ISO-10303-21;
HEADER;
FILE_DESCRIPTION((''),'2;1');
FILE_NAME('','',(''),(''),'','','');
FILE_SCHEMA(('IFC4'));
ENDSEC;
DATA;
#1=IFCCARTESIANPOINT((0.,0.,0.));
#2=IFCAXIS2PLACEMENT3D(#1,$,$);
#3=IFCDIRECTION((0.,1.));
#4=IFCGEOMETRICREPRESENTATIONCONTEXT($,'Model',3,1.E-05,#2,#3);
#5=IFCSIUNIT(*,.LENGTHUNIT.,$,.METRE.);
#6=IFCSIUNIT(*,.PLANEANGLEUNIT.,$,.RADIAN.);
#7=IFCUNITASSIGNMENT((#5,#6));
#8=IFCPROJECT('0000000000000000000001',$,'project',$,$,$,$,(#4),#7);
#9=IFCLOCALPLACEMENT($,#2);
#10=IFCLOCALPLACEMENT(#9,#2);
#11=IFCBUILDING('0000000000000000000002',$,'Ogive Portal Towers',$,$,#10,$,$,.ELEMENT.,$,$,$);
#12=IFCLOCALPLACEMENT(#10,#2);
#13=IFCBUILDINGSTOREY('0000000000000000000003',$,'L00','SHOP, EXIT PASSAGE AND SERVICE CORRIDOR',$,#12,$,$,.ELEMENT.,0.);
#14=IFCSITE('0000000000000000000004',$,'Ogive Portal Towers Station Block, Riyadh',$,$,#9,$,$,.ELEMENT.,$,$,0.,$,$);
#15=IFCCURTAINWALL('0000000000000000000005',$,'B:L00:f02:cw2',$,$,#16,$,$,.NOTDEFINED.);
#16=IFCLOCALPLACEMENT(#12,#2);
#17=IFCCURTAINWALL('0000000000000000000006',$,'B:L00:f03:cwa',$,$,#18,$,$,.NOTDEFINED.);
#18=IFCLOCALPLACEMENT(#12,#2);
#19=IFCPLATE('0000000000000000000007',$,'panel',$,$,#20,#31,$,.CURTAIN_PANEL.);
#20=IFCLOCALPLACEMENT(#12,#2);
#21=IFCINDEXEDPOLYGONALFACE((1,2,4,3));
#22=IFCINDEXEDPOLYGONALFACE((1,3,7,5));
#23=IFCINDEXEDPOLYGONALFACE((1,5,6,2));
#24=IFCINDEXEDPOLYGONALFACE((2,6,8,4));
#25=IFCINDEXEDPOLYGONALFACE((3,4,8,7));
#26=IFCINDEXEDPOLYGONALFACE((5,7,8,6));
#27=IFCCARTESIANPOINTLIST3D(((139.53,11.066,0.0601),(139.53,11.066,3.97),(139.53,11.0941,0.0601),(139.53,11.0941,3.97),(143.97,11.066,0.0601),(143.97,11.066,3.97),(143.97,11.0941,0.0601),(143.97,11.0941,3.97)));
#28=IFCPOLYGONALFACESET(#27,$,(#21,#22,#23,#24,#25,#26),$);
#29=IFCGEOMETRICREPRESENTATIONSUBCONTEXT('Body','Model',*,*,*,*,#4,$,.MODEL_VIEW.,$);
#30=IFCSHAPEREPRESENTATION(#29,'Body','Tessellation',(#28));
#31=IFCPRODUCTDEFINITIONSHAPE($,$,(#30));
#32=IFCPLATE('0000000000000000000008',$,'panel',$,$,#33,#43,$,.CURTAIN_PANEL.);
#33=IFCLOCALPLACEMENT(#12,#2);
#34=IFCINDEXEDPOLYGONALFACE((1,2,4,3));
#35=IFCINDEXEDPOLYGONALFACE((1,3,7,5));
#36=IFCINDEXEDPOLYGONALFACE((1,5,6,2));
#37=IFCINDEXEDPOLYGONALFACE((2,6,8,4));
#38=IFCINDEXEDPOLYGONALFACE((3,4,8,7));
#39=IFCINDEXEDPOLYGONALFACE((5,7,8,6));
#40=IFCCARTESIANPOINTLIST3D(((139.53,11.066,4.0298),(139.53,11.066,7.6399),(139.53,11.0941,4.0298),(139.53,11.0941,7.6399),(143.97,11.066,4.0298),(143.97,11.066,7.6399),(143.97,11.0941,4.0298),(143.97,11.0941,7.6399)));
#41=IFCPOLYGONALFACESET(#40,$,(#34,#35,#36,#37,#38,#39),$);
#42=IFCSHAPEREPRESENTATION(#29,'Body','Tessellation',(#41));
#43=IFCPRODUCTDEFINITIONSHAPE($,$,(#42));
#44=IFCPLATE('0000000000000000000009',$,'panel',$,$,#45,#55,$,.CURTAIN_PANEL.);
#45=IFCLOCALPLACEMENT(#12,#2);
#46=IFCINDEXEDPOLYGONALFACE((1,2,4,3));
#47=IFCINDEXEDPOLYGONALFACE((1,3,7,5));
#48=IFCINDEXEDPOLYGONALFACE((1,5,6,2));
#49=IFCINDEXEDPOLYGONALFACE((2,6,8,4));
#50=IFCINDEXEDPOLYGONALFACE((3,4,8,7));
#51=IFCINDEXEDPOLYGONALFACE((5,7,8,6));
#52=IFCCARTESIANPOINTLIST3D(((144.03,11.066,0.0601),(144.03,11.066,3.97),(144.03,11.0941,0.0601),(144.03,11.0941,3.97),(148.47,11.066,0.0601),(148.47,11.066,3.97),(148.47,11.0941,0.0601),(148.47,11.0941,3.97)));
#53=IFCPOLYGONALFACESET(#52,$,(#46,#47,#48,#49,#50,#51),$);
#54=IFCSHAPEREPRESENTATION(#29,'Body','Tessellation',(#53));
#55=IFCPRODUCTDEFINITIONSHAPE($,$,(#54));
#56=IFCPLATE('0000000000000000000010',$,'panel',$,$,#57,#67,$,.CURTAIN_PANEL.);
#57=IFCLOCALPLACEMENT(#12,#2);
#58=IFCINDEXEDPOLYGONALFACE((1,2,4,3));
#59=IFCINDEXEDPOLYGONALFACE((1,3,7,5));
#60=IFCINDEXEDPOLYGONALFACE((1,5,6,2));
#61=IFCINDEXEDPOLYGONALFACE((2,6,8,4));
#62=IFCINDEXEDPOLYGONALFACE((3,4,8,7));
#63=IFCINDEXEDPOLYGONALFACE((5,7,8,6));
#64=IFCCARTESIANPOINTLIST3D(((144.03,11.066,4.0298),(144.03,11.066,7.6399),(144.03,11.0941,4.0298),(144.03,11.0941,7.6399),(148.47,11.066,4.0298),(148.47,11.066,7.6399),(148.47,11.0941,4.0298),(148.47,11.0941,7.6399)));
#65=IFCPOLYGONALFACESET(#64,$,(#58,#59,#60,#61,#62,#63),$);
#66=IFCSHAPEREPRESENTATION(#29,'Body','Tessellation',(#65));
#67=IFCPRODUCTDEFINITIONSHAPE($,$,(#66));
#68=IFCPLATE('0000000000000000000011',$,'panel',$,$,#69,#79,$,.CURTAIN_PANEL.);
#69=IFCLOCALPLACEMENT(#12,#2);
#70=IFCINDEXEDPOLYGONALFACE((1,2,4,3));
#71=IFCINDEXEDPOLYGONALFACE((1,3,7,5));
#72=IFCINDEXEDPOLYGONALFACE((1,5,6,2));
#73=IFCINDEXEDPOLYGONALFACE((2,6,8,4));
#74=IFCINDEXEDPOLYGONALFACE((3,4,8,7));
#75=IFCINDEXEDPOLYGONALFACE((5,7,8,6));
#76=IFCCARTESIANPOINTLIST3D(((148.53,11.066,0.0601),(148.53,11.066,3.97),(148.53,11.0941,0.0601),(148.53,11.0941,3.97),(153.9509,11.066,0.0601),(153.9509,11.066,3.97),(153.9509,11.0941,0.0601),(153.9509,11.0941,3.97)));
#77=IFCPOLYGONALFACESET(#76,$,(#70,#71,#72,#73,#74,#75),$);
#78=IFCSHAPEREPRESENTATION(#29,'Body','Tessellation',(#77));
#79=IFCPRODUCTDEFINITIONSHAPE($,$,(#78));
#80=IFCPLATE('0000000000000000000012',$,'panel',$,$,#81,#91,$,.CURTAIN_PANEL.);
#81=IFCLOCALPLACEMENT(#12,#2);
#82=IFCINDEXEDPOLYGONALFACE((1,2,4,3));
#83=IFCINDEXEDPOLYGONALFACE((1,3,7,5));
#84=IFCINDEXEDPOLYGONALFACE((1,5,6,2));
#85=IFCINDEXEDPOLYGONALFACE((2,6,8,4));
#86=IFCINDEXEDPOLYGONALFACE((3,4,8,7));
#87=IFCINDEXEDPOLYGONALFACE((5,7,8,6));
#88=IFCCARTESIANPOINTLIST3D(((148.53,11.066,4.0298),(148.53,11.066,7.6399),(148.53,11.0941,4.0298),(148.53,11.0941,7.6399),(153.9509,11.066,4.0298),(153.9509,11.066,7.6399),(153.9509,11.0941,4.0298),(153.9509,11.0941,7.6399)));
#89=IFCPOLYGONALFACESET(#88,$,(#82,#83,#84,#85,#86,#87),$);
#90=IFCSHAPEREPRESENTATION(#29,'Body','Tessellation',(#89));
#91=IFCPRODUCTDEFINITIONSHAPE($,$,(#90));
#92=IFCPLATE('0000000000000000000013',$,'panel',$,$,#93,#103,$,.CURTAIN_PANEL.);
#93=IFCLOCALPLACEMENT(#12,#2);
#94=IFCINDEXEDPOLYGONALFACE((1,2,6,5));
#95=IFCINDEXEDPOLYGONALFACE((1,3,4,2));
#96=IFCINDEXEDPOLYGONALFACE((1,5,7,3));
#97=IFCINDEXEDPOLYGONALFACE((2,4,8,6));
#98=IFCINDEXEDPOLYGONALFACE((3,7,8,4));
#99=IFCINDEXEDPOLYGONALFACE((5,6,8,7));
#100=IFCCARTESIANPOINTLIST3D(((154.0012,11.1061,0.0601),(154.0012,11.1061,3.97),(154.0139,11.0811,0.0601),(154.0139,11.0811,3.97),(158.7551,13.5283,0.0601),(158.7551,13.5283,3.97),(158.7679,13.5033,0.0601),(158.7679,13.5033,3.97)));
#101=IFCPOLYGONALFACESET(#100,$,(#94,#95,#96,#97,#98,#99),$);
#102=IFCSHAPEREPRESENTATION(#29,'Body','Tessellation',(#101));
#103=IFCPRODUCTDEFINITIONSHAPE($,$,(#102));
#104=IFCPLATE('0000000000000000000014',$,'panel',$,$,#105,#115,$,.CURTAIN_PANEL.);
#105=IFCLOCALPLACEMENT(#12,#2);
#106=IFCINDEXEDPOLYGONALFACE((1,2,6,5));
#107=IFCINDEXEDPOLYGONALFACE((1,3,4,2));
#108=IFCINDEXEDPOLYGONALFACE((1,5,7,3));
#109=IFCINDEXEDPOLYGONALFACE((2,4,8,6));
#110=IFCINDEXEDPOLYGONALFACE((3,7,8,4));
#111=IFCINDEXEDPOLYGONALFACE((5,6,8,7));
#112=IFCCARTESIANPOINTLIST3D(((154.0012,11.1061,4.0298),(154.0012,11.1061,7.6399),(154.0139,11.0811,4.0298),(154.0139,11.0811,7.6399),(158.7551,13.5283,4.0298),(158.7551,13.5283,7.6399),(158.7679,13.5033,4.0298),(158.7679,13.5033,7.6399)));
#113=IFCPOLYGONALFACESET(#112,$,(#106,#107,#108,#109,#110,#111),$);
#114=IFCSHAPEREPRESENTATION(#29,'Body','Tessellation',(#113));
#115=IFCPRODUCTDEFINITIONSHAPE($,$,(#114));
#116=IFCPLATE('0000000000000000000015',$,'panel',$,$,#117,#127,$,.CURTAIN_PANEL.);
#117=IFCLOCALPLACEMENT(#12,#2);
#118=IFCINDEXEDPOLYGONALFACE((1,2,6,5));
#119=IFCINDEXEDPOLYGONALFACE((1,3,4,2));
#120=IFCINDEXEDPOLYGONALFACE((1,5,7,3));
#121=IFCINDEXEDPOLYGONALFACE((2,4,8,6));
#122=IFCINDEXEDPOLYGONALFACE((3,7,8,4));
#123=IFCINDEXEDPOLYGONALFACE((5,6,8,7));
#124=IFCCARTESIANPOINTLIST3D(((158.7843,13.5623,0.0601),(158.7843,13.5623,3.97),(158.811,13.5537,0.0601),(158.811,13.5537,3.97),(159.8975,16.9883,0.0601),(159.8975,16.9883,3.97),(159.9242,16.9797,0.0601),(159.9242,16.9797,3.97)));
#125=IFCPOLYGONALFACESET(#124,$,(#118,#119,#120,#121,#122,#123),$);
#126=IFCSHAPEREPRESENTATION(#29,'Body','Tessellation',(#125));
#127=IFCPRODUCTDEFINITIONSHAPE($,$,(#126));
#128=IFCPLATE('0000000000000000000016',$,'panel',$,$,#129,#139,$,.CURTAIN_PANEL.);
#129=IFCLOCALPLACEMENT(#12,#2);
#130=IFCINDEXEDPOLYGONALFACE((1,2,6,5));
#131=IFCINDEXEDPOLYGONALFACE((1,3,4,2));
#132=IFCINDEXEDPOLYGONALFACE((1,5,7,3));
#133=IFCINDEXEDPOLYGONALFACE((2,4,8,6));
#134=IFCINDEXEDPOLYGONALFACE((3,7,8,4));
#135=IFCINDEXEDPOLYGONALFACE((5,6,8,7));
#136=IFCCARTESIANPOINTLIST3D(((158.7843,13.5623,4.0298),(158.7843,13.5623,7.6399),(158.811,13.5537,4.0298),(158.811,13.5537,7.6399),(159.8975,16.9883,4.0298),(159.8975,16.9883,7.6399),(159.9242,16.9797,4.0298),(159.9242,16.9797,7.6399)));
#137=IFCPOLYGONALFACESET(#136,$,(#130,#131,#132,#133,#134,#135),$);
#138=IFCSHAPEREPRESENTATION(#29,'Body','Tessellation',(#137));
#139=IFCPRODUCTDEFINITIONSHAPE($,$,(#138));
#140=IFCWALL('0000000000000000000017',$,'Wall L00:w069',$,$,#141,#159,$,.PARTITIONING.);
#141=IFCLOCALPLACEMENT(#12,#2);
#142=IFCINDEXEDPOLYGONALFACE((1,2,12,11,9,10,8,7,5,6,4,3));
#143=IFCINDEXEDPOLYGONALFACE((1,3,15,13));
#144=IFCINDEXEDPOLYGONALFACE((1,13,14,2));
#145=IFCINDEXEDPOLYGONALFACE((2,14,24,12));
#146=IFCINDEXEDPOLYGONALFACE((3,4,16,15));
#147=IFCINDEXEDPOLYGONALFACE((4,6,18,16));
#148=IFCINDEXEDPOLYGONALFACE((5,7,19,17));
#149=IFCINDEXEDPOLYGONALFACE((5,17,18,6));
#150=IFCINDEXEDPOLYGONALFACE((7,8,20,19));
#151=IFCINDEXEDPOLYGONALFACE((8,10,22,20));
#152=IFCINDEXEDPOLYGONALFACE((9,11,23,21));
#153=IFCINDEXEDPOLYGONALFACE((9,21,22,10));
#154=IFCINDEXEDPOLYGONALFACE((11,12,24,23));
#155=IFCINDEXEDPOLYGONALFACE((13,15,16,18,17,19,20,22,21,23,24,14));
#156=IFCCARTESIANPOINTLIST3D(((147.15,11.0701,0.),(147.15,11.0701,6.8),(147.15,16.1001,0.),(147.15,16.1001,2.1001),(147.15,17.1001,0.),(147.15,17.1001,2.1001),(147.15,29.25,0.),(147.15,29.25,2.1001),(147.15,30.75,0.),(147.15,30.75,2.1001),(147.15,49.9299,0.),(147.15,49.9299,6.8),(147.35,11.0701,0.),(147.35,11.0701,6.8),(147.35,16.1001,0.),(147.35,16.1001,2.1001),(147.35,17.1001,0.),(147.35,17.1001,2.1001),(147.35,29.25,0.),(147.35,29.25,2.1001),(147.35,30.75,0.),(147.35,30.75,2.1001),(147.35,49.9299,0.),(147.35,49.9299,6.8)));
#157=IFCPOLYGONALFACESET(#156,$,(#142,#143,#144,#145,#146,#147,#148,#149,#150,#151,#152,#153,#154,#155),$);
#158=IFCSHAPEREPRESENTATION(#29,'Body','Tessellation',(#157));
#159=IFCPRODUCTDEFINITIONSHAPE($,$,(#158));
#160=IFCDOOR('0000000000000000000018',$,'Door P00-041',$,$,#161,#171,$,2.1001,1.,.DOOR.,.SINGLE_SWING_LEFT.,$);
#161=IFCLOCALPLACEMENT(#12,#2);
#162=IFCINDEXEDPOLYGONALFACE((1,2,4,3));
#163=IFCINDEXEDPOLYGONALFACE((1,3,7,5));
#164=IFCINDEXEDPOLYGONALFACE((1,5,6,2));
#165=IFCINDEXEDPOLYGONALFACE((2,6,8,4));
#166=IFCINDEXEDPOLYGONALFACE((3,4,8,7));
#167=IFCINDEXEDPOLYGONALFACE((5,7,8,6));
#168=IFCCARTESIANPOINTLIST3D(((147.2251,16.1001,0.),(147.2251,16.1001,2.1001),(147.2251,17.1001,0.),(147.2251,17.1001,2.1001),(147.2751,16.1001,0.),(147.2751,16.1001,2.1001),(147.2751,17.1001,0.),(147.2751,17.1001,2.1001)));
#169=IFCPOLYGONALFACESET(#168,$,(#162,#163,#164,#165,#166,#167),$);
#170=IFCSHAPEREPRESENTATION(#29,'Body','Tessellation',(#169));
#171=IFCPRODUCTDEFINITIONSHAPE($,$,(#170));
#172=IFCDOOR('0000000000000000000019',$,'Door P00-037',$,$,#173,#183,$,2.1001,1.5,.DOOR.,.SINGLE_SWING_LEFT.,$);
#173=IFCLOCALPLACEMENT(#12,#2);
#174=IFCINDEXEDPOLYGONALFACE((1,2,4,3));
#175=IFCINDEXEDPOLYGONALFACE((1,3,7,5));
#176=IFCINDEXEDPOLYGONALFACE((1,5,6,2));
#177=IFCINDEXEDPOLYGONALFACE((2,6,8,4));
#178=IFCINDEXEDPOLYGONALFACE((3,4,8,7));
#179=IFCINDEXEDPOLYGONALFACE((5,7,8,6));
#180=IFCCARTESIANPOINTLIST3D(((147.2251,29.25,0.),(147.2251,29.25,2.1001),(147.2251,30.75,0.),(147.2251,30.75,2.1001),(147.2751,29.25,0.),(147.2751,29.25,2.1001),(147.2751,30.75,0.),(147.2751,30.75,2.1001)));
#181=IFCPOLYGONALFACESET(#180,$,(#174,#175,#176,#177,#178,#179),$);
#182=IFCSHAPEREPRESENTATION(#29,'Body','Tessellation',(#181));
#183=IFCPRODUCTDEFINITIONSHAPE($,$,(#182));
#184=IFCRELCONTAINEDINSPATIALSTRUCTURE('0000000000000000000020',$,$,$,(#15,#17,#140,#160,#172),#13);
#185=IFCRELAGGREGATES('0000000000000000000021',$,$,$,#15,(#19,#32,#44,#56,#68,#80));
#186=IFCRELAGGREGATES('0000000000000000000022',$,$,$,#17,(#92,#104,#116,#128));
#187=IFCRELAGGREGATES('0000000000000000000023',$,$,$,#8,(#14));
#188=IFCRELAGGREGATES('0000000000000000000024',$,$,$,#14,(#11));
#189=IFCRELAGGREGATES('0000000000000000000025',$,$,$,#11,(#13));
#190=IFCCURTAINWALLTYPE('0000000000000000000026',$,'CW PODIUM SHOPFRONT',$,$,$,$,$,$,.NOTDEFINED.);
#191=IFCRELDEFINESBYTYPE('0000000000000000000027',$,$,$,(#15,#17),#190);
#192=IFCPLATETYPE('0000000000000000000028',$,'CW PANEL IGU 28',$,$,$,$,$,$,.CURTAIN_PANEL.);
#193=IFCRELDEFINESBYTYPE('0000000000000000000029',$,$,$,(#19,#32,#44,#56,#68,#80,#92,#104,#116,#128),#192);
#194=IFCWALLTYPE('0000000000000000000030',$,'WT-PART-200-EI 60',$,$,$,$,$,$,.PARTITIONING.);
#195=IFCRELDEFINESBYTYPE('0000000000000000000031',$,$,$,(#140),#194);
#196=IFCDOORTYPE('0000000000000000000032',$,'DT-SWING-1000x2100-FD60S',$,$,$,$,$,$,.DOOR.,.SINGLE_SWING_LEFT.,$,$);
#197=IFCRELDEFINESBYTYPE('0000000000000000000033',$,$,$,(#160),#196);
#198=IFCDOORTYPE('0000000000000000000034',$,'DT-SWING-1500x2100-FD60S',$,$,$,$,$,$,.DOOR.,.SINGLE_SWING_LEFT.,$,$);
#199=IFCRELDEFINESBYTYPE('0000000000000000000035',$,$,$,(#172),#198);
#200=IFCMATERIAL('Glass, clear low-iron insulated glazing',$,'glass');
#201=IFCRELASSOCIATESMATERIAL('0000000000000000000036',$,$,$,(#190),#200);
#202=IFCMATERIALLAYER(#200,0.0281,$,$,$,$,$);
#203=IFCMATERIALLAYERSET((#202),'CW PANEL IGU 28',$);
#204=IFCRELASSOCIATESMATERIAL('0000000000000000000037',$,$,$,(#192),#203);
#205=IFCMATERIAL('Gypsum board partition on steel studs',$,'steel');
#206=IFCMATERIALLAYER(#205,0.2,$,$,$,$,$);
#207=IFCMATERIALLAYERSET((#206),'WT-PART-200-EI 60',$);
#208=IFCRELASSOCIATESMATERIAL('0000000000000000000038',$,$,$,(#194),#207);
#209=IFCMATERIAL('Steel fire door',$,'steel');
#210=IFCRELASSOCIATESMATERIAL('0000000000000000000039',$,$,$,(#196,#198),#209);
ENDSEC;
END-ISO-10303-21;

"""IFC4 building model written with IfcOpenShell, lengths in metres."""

from ifc_helpers import new_model, si_unit, direction, frame, frame_2d, origin, origin_2d, place, context, subcontext, project, spatial, rectangle, extrude, material, layer, layer_set, type_object, element, fill, aggregate, save


model = new_model("IFC4")

# Units and contexts
model_context = context("Model", 3, precision=1e-05, world=origin(), true_north=direction((0.0, 1.0)))
body_context = subcontext(model_context, "Body", "Model", "MODEL_VIEW")
ifc_project = project(units=[si_unit("LENGTHUNIT", "METRE"), si_unit("PLANEANGLEUNIT", "RADIAN")], contexts=[model_context])

# Site, building, storey
site_placement = place(None, origin())
site = spatial("IfcSite", under=ifc_project, at=site_placement, Name="Ogive Portal Towers Station Block, Riyadh", CompositionType="ELEMENT", RefElevation=0.0)
building_placement = place(site_placement, origin())
building = spatial("IfcBuilding", under=site, at=building_placement, Name="Ogive Portal Towers", CompositionType="ELEMENT")
storey_placement = place(building_placement, origin())
storey = spatial("IfcBuildingStorey", under=building, at=storey_placement, Name="L00", Description="SHOP, EXIT PASSAGE AND SERVICE CORRIDOR", CompositionType="ELEMENT", Elevation=0.0)

# Curtain wall
ifc_material_1 = material(Name="Glass, clear low-iron insulated glazing", Category="glass")
curtain_wall_type = type_object("IfcCurtainWallType", Name="CW PODIUM SHOPFRONT", PredefinedType="NOTDEFINED", material=ifc_material_1)
curtain_wall_1_placement = place(storey_placement, origin())
curtain_wall_1 = element("IfcCurtainWall", 1, at=curtain_wall_1_placement, inside=storey, type_object=curtain_wall_type, Name="B:L00:f02:cw2", PredefinedType="NOTDEFINED")

# Curtain wall
curtain_wall_2_placement = place(storey_placement, origin())
curtain_wall_2 = element("IfcCurtainWall", 2, at=curtain_wall_2_placement, inside=storey, type_object=curtain_wall_type, Name="B:L00:f03:cwa", PredefinedType="NOTDEFINED")

# Plates
ifc_layer_1 = layer(ifc_material_1, 0.0281)
ifc_layer_set_1 = layer_set([ifc_layer_1], Name="CW PANEL IGU 28")
plate_type = type_object("IfcPlateType", Name="CW PANEL IGU 28", PredefinedType="CURTAIN_PANEL", material=ifc_layer_set_1)
plate_1_placement = place(storey_placement, frame((141.75, 11.0801, 0.0601), z_axis=(0.0, 0.0, 1.0), x_axis=(1.0, 0.0, 0.0)))
plate_1 = element("IfcPlate", 3, at=plate_1_placement, type_object=plate_type, Name="panel", PredefinedType="CURTAIN_PANEL", context=body_context, shape_type="SweptSolid", body=[
    extrude(rectangle(XDim=4.4399, YDim=0.0281, at=origin_2d()), origin(), (0.0, 0.0, 1.0), 3.9099),
])
plate_2_placement = place(storey_placement, frame((141.75, 11.0801, 4.0298), z_axis=(0.0, 0.0, 1.0), x_axis=(1.0, 0.0, 0.0)))
plate_2 = element("IfcPlate", 4, at=plate_2_placement, type_object=plate_type, Name="panel", PredefinedType="CURTAIN_PANEL", context=body_context, shape_type="SweptSolid", body=[
    extrude(rectangle(XDim=4.4399, YDim=0.0281, at=origin_2d()), origin(), (0.0, 0.0, 1.0), 3.6101),
])
plate_3_placement = place(storey_placement, frame((146.25, 11.0801, 0.0601), z_axis=(0.0, 0.0, 1.0), x_axis=(1.0, 0.0, 0.0)))
plate_3 = element("IfcPlate", 5, at=plate_3_placement, type_object=plate_type, Name="panel", PredefinedType="CURTAIN_PANEL", context=body_context, shape_type="SweptSolid", body=[
    extrude(rectangle(XDim=4.4399, YDim=0.0281, at=origin_2d()), origin(), (0.0, 0.0, 1.0), 3.9099),
])
plate_4_placement = place(storey_placement, frame((146.25, 11.0801, 4.0298), z_axis=(0.0, 0.0, 1.0), x_axis=(1.0, 0.0, 0.0)))
plate_4 = element("IfcPlate", 6, at=plate_4_placement, type_object=plate_type, Name="panel", PredefinedType="CURTAIN_PANEL", context=body_context, shape_type="SweptSolid", body=[
    extrude(rectangle(XDim=4.4399, YDim=0.0281, at=origin_2d()), origin(), (0.0, 0.0, 1.0), 3.6101),
])
plate_5_placement = place(storey_placement, frame((151.2405, 11.0801, 0.0601), z_axis=(0.0, 0.0, 1.0), x_axis=(1.0, 0.0, 0.0)))
plate_5 = element("IfcPlate", 7, at=plate_5_placement, type_object=plate_type, Name="panel", PredefinedType="CURTAIN_PANEL", context=body_context, shape_type="SweptSolid", body=[
    extrude(rectangle(XDim=5.4209, YDim=0.0281, at=origin_2d()), origin(), (0.0, 0.0, 1.0), 3.9099),
])
plate_6_placement = place(storey_placement, frame((151.2405, 11.0801, 4.0298), z_axis=(0.0, 0.0, 1.0), x_axis=(1.0, 0.0, 0.0)))
plate_6 = element("IfcPlate", 8, at=plate_6_placement, type_object=plate_type, Name="panel", PredefinedType="CURTAIN_PANEL", context=body_context, shape_type="SweptSolid", body=[
    extrude(rectangle(XDim=5.4209, YDim=0.0281, at=origin_2d()), origin(), (0.0, 0.0, 1.0), 3.6101),
])
aggregate(curtain_wall_1, [plate_1, plate_2, plate_3, plate_4, plate_5, plate_6])
plate_7_placement = place(storey_placement, frame((156.3845, 12.3047, 0.0601), z_axis=(0.0, 0.0, 1.0), x_axis=(0.891007, 0.45399, 0.0)))
plate_7 = element("IfcPlate", 9, at=plate_7_placement, type_object=plate_type, Name="panel", PredefinedType="CURTAIN_PANEL", context=body_context, shape_type="SweptSolid", body=[
    extrude(rectangle(XDim=5.3354, YDim=0.0281, at=origin_2d()), origin(), (0.0, 0.0, 1.0), 3.9099),
])
plate_8_placement = place(storey_placement, frame((156.3845, 12.3047, 4.0298), z_axis=(0.0, 0.0, 1.0), x_axis=(0.891007, 0.45399, 0.0)))
plate_8 = element("IfcPlate", 10, at=plate_8_placement, type_object=plate_type, Name="panel", PredefinedType="CURTAIN_PANEL", context=body_context, shape_type="SweptSolid", body=[
    extrude(rectangle(XDim=5.3354, YDim=0.0281, at=origin_2d()), origin(), (0.0, 0.0, 1.0), 3.6101),
])
plate_9_placement = place(storey_placement, frame((159.3542, 15.271, 0.0601), z_axis=(0.0, 0.0, 1.0), x_axis=(0.309017, 0.951057, 0.0)))
plate_9 = element("IfcPlate", 11, at=plate_9_placement, type_object=plate_type, Name="panel", PredefinedType="CURTAIN_PANEL", context=body_context, shape_type="SweptSolid", body=[
    extrude(rectangle(XDim=3.6023, YDim=0.0281, at=origin_2d()), origin(), (0.0, 0.0, 1.0), 3.9099),
])
plate_10_placement = place(storey_placement, frame((159.3542, 15.271, 4.0298), z_axis=(0.0, 0.0, 1.0), x_axis=(0.309017, 0.951057, 0.0)))
plate_10 = element("IfcPlate", 12, at=plate_10_placement, type_object=plate_type, Name="panel", PredefinedType="CURTAIN_PANEL", context=body_context, shape_type="SweptSolid", body=[
    extrude(rectangle(XDim=3.6023, YDim=0.0281, at=origin_2d()), origin(), (0.0, 0.0, 1.0), 3.6101),
])
aggregate(curtain_wall_2, [plate_7, plate_8, plate_9, plate_10])

# Wall, openings, doors
ifc_material_2 = material(Name="Gypsum board partition on steel studs", Category="steel")
ifc_layer_2 = layer(ifc_material_2, 0.2)
ifc_layer_set_2 = layer_set([ifc_layer_2], Name="WT-PART-200-EI 60")
wall_type = type_object("IfcWallType", Name="WT-PART-200-EI 60", PredefinedType="PARTITIONING", material=ifc_layer_set_2)
wall_1_placement = place(storey_placement, frame((147.25, 11.0701, 0.0), z_axis=(0.0, 0.0, 1.0), x_axis=(0.0, 1.0, 0.0)))
wall_1 = element("IfcWall", 13, at=wall_1_placement, inside=storey, type_object=wall_type, Name="Wall L00:w069", PredefinedType="PARTITIONING", context=body_context, shape_type="SweptSolid", body=[
    extrude(rectangle(XDim=38.8599, YDim=0.2, at=frame_2d((19.4299, 0.0))), origin(), (0.0, 0.0, 1.0), 6.8),
])
opening_1_placement = place(wall_1_placement, frame((18.1799, 0.0, 0.0)))
opening_1 = element("IfcOpeningElement", 14, at=opening_1_placement, cuts=wall_1, PredefinedType="OPENING", context=body_context, shape_type="SweptSolid", body=[
    extrude(rectangle(XDim=1.5, YDim=2.1001, at=frame_2d((0.75, 1.05))), frame((0.0, 0.1099, 0.0), z_axis=(0.0, -1.0, 0.0), x_axis=(1.0, 0.0, 0.0)), (0.0, 0.0, 1.0), 0.22),
])
opening_2_placement = place(wall_1_placement, frame((5.03, 0.0, 0.0)))
opening_2 = element("IfcOpeningElement", 15, at=opening_2_placement, cuts=wall_1, PredefinedType="OPENING", context=body_context, shape_type="SweptSolid", body=[
    extrude(rectangle(XDim=1.0, YDim=2.1001, at=frame_2d((0.5, 1.05))), frame((0.0, 0.1099, 0.0), z_axis=(0.0, -1.0, 0.0), x_axis=(1.0, 0.0, 0.0)), (0.0, 0.0, 1.0), 0.22),
])
ifc_material_3 = material(Name="Steel fire door", Category="steel")
door_type_1 = type_object("IfcDoorType", Name="DT-SWING-1000x2100-FD60S", OperationType="SINGLE_SWING_LEFT", PredefinedType="DOOR", material=ifc_material_3)
door_1_placement = place(opening_2_placement, origin())
door_1 = element("IfcDoor", 16, at=door_1_placement, inside=storey, type_object=door_type_1, Name="Door P00-041", OperationType="SINGLE_SWING_LEFT", OverallHeight=2.1001, OverallWidth=1.0, PredefinedType="DOOR", context=body_context, shape_type="SweptSolid", body=[
    extrude(rectangle(XDim=1.0, YDim=2.1001, at=frame_2d((0.5, 1.05))), frame((0.0, 0.0249, 0.0), z_axis=(0.0, -1.0, 0.0), x_axis=(1.0, 0.0, 0.0)), (0.0, 0.0, 1.0), 0.05),
])
fill(opening_2, door_1)
door_type_2 = type_object("IfcDoorType", Name="DT-SWING-1500x2100-FD60S", OperationType="SINGLE_SWING_LEFT", PredefinedType="DOOR", material=ifc_material_3)
door_2_placement = place(opening_1_placement, origin())
door_2 = element("IfcDoor", 17, at=door_2_placement, inside=storey, type_object=door_type_2, Name="Door P00-037", OperationType="SINGLE_SWING_LEFT", OverallHeight=2.1001, OverallWidth=1.5, PredefinedType="DOOR", context=body_context, shape_type="SweptSolid", body=[
    extrude(rectangle(XDim=1.5, YDim=2.1001, at=frame_2d((0.75, 1.05))), frame((0.0, 0.0249, 0.0), z_axis=(0.0, -1.0, 0.0), x_axis=(1.0, 0.0, 0.0)), (0.0, 0.0, 1.0), 0.05),
])
fill(opening_1, door_2)

save(model, "model.ifc")
